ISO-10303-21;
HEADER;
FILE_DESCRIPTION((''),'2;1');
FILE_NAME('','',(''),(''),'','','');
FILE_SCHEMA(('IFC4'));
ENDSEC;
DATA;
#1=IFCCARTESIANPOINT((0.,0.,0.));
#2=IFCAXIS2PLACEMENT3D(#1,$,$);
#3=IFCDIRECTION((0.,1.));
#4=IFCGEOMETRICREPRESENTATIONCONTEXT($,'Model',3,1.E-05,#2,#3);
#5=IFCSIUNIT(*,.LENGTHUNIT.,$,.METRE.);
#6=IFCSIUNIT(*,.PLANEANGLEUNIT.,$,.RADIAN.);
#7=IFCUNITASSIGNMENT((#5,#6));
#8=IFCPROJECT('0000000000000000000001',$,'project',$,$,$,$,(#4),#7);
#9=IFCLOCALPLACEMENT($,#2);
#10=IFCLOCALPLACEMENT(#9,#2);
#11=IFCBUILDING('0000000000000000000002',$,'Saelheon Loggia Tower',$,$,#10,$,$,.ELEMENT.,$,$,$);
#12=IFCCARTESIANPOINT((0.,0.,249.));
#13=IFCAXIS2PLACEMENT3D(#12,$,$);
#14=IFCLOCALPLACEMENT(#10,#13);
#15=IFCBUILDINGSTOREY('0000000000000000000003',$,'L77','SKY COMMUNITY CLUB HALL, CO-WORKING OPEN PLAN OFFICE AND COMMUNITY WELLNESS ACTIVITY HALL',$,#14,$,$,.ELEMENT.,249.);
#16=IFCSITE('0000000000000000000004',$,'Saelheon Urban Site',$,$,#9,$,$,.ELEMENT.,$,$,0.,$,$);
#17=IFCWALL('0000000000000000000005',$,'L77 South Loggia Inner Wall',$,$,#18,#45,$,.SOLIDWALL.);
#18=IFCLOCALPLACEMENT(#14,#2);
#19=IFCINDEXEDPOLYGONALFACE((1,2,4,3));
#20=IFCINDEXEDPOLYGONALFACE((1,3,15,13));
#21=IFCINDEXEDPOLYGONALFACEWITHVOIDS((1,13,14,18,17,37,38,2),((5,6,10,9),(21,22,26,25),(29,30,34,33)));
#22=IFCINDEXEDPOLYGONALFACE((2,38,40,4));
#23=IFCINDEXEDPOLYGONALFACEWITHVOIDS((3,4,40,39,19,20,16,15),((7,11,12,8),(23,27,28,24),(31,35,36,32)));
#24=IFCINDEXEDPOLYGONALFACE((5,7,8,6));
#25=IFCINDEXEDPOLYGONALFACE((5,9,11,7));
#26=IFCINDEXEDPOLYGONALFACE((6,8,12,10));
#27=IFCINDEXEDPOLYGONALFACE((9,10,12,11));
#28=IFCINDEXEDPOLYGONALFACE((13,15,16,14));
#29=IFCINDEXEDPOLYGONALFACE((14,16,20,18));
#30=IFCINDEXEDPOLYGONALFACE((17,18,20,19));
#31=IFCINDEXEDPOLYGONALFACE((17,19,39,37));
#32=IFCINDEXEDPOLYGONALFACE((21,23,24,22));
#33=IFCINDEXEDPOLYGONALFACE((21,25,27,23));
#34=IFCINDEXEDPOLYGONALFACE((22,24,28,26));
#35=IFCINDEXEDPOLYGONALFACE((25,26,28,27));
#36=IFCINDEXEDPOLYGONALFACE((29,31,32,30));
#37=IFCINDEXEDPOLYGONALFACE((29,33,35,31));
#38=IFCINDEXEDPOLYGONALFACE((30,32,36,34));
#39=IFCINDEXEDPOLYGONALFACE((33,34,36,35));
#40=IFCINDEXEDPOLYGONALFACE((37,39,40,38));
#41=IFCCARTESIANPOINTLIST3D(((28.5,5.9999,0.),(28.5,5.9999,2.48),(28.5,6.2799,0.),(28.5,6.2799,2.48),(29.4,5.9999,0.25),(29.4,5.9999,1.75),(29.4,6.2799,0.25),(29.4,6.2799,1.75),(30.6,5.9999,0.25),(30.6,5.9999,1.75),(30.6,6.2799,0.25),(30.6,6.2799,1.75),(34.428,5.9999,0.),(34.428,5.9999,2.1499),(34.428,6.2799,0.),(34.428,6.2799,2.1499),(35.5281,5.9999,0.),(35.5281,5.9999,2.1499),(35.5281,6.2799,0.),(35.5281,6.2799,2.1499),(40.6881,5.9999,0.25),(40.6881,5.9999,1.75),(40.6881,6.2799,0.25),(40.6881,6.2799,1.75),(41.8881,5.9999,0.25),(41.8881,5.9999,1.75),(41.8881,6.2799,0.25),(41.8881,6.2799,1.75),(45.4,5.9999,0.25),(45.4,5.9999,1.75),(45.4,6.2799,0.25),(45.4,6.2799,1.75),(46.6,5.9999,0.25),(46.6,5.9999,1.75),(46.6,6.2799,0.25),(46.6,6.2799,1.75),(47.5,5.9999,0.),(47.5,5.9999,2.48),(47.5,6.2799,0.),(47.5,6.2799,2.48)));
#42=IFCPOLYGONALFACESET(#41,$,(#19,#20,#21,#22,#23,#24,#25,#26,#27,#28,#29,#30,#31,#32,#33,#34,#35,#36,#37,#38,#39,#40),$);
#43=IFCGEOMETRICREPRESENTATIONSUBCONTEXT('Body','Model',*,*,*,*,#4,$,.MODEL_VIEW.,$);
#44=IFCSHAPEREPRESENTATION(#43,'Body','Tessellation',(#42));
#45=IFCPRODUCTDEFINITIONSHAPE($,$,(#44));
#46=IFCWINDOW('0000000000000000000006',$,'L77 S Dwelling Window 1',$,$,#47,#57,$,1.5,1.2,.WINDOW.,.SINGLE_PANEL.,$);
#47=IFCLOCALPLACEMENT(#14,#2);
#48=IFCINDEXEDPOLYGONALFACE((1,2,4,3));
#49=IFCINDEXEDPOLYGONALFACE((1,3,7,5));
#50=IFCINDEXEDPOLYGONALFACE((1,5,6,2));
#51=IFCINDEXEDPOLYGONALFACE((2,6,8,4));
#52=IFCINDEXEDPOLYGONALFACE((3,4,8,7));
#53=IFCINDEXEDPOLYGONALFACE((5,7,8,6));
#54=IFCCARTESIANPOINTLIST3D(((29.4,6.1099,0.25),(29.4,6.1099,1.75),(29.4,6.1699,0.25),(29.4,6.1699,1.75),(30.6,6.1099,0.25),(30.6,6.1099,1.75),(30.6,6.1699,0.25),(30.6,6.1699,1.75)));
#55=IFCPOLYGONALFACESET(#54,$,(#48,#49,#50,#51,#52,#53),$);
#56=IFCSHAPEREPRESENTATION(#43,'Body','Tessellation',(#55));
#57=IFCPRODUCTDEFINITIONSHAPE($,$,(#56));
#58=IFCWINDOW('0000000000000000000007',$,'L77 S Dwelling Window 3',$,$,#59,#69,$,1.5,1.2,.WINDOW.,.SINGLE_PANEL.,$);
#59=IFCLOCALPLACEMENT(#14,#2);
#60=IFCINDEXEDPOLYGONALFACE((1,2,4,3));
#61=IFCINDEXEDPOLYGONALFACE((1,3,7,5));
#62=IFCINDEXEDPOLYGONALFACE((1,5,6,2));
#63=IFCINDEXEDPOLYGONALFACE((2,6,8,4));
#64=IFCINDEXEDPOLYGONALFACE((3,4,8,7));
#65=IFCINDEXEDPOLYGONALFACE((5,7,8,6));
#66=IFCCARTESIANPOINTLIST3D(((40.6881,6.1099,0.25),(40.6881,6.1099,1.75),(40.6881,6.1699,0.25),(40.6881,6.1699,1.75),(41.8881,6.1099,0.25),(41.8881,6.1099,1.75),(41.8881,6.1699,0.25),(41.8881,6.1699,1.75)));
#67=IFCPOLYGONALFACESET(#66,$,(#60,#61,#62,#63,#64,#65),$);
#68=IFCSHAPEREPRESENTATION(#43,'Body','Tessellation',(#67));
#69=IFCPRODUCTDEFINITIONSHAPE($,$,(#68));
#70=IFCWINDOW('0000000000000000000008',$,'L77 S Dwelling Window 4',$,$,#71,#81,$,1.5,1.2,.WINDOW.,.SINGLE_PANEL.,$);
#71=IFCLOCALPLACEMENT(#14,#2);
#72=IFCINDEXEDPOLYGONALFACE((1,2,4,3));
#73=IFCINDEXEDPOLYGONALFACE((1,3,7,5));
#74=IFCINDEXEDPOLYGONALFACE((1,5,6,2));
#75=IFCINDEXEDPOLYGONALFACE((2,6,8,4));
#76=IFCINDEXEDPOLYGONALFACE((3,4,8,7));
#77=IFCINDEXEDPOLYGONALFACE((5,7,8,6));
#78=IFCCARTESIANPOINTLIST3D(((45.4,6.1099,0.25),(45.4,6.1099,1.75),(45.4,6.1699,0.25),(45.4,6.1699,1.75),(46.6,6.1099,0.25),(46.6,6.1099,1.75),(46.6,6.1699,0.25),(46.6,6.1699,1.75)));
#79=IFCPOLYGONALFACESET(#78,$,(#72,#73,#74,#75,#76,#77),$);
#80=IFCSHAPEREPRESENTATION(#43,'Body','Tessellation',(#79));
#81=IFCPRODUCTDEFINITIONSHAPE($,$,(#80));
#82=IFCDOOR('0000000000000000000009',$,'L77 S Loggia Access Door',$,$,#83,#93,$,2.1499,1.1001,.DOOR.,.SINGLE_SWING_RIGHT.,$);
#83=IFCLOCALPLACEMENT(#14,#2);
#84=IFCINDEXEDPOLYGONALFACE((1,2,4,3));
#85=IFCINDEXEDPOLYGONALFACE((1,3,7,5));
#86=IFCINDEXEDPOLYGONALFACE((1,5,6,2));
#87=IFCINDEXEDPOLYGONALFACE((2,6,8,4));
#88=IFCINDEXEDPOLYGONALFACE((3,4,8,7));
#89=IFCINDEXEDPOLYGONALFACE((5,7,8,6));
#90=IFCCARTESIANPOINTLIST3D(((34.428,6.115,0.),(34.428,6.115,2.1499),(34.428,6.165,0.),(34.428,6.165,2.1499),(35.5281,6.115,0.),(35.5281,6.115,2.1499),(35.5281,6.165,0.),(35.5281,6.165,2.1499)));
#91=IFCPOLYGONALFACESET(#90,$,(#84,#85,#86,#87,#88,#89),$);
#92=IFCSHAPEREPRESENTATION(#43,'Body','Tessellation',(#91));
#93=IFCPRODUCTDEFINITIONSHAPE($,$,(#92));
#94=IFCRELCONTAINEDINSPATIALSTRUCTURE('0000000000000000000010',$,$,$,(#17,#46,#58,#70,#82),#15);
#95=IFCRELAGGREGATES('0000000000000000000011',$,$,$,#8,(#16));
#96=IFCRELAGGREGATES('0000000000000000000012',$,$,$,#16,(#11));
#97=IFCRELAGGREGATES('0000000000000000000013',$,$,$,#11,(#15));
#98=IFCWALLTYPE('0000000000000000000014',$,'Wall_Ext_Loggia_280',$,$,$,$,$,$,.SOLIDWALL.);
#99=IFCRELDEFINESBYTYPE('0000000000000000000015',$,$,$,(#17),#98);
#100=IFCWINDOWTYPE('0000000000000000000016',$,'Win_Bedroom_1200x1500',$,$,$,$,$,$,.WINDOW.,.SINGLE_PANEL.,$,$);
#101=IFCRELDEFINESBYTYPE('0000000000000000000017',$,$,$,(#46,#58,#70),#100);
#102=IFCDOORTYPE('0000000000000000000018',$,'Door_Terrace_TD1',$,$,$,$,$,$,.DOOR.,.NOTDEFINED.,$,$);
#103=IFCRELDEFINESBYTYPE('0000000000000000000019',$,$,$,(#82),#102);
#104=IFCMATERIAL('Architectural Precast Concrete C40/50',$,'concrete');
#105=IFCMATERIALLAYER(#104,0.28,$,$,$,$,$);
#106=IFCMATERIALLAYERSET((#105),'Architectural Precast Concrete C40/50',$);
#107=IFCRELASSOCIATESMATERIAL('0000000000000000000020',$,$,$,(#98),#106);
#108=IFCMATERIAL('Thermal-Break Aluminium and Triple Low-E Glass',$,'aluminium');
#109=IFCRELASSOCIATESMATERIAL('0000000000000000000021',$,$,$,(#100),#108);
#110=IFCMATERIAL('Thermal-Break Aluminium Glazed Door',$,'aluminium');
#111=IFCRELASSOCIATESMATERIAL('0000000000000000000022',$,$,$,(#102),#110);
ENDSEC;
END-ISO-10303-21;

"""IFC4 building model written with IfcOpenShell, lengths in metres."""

from ifc_helpers import new_model, si_unit, direction, frame, frame_2d, origin, place, context, subcontext, project, spatial, rectangle, extrude, source, transform, mapped, material, layer, layer_set, type_object, element, fill, save


model = new_model("IFC4")

# Units and contexts
model_context = context("Model", 3, precision=1e-05, world=origin(), true_north=direction((0.0, 1.0)))
body_context = subcontext(model_context, "Body", "Model", "MODEL_VIEW")
ifc_project = project(units=[si_unit("LENGTHUNIT", "METRE"), si_unit("PLANEANGLEUNIT", "RADIAN")], contexts=[model_context])

# Site, building, storey
site_placement = place(None, origin())
site = spatial("IfcSite", under=ifc_project, at=site_placement, Name="Saelheon Urban Site", CompositionType="ELEMENT", RefElevation=0.0)
building_placement = place(site_placement, origin())
building = spatial("IfcBuilding", under=site, at=building_placement, Name="Saelheon Loggia Tower", CompositionType="ELEMENT")
storey_placement = place(building_placement, frame((0.0, 0.0, 249.0)))
storey = spatial("IfcBuildingStorey", under=building, at=storey_placement, Name="L77", Description="SKY COMMUNITY CLUB HALL, CO-WORKING OPEN PLAN OFFICE AND COMMUNITY WELLNESS ACTIVITY HALL", CompositionType="ELEMENT", Elevation=249.0)

# Wall, openings, windows, door
ifc_material_1 = material(Name="Architectural Precast Concrete C40/50", Category="concrete")
ifc_layer_1 = layer(ifc_material_1, 0.28)
ifc_layer_set_1 = layer_set([ifc_layer_1], Name="Architectural Precast Concrete C40/50")
wall_type_1 = type_object("IfcWallType", Name="Wall_Ext_Loggia_280", PredefinedType="SOLIDWALL", material=ifc_layer_set_1)
wall_1_placement = place(storey_placement, frame((28.5, 6.1399, 0.0), z_axis=(0.0, 0.0, 1.0), x_axis=(1.0, 0.0, 0.0)))
wall_1 = element("IfcWall", 1, at=wall_1_placement, inside=storey, type_object=wall_type_1, Name="L77 South Loggia Inner Wall", PredefinedType="SOLIDWALL", context=body_context, shape_type="SweptSolid", body=[
    extrude(rectangle(XDim=19.0, YDim=0.28, at=frame_2d((9.5, 0.0))), origin(), (0.0, 0.0, 1.0), 2.48),
])
opening_1_placement = place(wall_1_placement, frame((0.8999, 0.0, 0.25)))
opening_1 = element("IfcOpeningElement", 2, at=opening_1_placement, cuts=wall_1, PredefinedType="OPENING", context=body_context, shape_type="SweptSolid", body=[
    extrude(rectangle(XDim=1.2, YDim=1.5, at=frame_2d((0.6001, 0.75))), frame((0.0, 0.1521, 0.0), z_axis=(0.0, -1.0, 0.0), x_axis=(1.0, 0.0, 0.0)), (0.0, 0.0, 1.0), 0.304),
])
opening_2_placement = place(wall_1_placement, frame((7.0281, 0.0, 0.0), z_axis=(0.0, 0.0, 1.0), x_axis=(-1.0, 0.0, 0.0)))
opening_2 = element("IfcOpeningElement", 3, at=opening_2_placement, cuts=wall_1, PredefinedType="OPENING", context=body_context, shape_type="SweptSolid", body=[
    extrude(rectangle(XDim=1.1001, YDim=2.1499, at=frame_2d((0.55, 1.075))), frame((0.0, 0.1521, 0.0), z_axis=(0.0, -1.0, 0.0), x_axis=(1.0, 0.0, 0.0)), (0.0, 0.0, 1.0), 0.304),
])
opening_3_placement = place(wall_1_placement, frame((12.188, 0.0, 0.25)))
opening_3 = element("IfcOpeningElement", 4, at=opening_3_placement, cuts=wall_1, PredefinedType="OPENING", context=body_context, shape_type="SweptSolid", body=[
    extrude(rectangle(XDim=1.2, YDim=1.5, at=frame_2d((0.6001, 0.75))), frame((0.0, 0.1521, 0.0), z_axis=(0.0, -1.0, 0.0), x_axis=(1.0, 0.0, 0.0)), (0.0, 0.0, 1.0), 0.304),
])
opening_4_placement = place(wall_1_placement, frame((16.8999, 0.0, 0.25)))
opening_4 = element("IfcOpeningElement", 5, at=opening_4_placement, cuts=wall_1, PredefinedType="OPENING", context=body_context, shape_type="SweptSolid", body=[
    extrude(rectangle(XDim=1.2, YDim=1.5, at=frame_2d((0.6001, 0.75))), frame((0.0, 0.1521, 0.0), z_axis=(0.0, -1.0, 0.0), x_axis=(1.0, 0.0, 0.0)), (0.0, 0.0, 1.0), 0.304),
])
ifc_material_2 = material(Name="Thermal-Break Aluminium and Triple Low-E Glass", Category="aluminium")
window_type_1 = type_object("IfcWindowType", Name="Win_Bedroom_1200x1500", PartitioningType="SINGLE_PANEL", PredefinedType="WINDOW", material=ifc_material_2)
shared_shape_1 = source(origin(), body_context, "Body", "SweptSolid", [
    extrude(rectangle(XDim=1.2, YDim=1.5, at=frame_2d((0.6001, 0.75))), frame((0.0, 0.03, 0.0), z_axis=(0.0, -1.0, 0.0), x_axis=(1.0, 0.0, 0.0)), (0.0, 0.0, 1.0), 0.0601),
])
window_1_placement = place(opening_1_placement, origin())
window_1 = element("IfcWindow", 6, at=window_1_placement, inside=storey, type_object=window_type_1, Name="L77 S Dwelling Window 1", OverallHeight=1.5, OverallWidth=1.2, PartitioningType="SINGLE_PANEL", PredefinedType="WINDOW", context=body_context, shape_type="MappedRepresentation", body=[
    mapped(shared_shape_1, transform((0.0, 0.0, 0.0), scale=1.0)),
])
fill(opening_1, window_1)
window_2_placement = place(opening_3_placement, origin())
window_2 = element("IfcWindow", 7, at=window_2_placement, inside=storey, type_object=window_type_1, Name="L77 S Dwelling Window 3", OverallHeight=1.5, OverallWidth=1.2, PartitioningType="SINGLE_PANEL", PredefinedType="WINDOW", context=body_context, shape_type="MappedRepresentation", body=[
    mapped(shared_shape_1, transform((0.0, 0.0, 0.0), scale=1.0)),
])
fill(opening_3, window_2)
window_3_placement = place(opening_4_placement, origin())
window_3 = element("IfcWindow", 8, at=window_3_placement, inside=storey, type_object=window_type_1, Name="L77 S Dwelling Window 4", OverallHeight=1.5, OverallWidth=1.2, PartitioningType="SINGLE_PANEL", PredefinedType="WINDOW", context=body_context, shape_type="MappedRepresentation", body=[
    mapped(shared_shape_1, transform((0.0, 0.0, 0.0), scale=1.0)),
])
fill(opening_4, window_3)
ifc_material_3 = material(Name="Thermal-Break Aluminium Glazed Door", Category="aluminium")
door_type_1 = type_object("IfcDoorType", Name="Door_Terrace_TD1", OperationType="NOTDEFINED", PredefinedType="DOOR", material=ifc_material_3)
shared_shape_2 = source(origin(), body_context, "Body", "SweptSolid", [
    extrude(rectangle(XDim=1.1001, YDim=2.1499, at=frame_2d((0.55, 1.075))), frame((0.0, 0.0249, 0.0), z_axis=(0.0, -1.0, 0.0), x_axis=(1.0, 0.0, 0.0)), (0.0, 0.0, 1.0), 0.05),
])
door_1_placement = place(opening_2_placement, origin())
door_1 = element("IfcDoor", 9, at=door_1_placement, inside=storey, type_object=door_type_1, Name="L77 S Loggia Access Door", OperationType="SINGLE_SWING_RIGHT", OverallHeight=2.1499, OverallWidth=1.1001, PredefinedType="DOOR", context=body_context, shape_type="MappedRepresentation", body=[
    mapped(shared_shape_2, transform((0.0, 0.0, 0.0), scale=1.0)),
])
fill(opening_2, door_1)

save(model, "model.ifc")
